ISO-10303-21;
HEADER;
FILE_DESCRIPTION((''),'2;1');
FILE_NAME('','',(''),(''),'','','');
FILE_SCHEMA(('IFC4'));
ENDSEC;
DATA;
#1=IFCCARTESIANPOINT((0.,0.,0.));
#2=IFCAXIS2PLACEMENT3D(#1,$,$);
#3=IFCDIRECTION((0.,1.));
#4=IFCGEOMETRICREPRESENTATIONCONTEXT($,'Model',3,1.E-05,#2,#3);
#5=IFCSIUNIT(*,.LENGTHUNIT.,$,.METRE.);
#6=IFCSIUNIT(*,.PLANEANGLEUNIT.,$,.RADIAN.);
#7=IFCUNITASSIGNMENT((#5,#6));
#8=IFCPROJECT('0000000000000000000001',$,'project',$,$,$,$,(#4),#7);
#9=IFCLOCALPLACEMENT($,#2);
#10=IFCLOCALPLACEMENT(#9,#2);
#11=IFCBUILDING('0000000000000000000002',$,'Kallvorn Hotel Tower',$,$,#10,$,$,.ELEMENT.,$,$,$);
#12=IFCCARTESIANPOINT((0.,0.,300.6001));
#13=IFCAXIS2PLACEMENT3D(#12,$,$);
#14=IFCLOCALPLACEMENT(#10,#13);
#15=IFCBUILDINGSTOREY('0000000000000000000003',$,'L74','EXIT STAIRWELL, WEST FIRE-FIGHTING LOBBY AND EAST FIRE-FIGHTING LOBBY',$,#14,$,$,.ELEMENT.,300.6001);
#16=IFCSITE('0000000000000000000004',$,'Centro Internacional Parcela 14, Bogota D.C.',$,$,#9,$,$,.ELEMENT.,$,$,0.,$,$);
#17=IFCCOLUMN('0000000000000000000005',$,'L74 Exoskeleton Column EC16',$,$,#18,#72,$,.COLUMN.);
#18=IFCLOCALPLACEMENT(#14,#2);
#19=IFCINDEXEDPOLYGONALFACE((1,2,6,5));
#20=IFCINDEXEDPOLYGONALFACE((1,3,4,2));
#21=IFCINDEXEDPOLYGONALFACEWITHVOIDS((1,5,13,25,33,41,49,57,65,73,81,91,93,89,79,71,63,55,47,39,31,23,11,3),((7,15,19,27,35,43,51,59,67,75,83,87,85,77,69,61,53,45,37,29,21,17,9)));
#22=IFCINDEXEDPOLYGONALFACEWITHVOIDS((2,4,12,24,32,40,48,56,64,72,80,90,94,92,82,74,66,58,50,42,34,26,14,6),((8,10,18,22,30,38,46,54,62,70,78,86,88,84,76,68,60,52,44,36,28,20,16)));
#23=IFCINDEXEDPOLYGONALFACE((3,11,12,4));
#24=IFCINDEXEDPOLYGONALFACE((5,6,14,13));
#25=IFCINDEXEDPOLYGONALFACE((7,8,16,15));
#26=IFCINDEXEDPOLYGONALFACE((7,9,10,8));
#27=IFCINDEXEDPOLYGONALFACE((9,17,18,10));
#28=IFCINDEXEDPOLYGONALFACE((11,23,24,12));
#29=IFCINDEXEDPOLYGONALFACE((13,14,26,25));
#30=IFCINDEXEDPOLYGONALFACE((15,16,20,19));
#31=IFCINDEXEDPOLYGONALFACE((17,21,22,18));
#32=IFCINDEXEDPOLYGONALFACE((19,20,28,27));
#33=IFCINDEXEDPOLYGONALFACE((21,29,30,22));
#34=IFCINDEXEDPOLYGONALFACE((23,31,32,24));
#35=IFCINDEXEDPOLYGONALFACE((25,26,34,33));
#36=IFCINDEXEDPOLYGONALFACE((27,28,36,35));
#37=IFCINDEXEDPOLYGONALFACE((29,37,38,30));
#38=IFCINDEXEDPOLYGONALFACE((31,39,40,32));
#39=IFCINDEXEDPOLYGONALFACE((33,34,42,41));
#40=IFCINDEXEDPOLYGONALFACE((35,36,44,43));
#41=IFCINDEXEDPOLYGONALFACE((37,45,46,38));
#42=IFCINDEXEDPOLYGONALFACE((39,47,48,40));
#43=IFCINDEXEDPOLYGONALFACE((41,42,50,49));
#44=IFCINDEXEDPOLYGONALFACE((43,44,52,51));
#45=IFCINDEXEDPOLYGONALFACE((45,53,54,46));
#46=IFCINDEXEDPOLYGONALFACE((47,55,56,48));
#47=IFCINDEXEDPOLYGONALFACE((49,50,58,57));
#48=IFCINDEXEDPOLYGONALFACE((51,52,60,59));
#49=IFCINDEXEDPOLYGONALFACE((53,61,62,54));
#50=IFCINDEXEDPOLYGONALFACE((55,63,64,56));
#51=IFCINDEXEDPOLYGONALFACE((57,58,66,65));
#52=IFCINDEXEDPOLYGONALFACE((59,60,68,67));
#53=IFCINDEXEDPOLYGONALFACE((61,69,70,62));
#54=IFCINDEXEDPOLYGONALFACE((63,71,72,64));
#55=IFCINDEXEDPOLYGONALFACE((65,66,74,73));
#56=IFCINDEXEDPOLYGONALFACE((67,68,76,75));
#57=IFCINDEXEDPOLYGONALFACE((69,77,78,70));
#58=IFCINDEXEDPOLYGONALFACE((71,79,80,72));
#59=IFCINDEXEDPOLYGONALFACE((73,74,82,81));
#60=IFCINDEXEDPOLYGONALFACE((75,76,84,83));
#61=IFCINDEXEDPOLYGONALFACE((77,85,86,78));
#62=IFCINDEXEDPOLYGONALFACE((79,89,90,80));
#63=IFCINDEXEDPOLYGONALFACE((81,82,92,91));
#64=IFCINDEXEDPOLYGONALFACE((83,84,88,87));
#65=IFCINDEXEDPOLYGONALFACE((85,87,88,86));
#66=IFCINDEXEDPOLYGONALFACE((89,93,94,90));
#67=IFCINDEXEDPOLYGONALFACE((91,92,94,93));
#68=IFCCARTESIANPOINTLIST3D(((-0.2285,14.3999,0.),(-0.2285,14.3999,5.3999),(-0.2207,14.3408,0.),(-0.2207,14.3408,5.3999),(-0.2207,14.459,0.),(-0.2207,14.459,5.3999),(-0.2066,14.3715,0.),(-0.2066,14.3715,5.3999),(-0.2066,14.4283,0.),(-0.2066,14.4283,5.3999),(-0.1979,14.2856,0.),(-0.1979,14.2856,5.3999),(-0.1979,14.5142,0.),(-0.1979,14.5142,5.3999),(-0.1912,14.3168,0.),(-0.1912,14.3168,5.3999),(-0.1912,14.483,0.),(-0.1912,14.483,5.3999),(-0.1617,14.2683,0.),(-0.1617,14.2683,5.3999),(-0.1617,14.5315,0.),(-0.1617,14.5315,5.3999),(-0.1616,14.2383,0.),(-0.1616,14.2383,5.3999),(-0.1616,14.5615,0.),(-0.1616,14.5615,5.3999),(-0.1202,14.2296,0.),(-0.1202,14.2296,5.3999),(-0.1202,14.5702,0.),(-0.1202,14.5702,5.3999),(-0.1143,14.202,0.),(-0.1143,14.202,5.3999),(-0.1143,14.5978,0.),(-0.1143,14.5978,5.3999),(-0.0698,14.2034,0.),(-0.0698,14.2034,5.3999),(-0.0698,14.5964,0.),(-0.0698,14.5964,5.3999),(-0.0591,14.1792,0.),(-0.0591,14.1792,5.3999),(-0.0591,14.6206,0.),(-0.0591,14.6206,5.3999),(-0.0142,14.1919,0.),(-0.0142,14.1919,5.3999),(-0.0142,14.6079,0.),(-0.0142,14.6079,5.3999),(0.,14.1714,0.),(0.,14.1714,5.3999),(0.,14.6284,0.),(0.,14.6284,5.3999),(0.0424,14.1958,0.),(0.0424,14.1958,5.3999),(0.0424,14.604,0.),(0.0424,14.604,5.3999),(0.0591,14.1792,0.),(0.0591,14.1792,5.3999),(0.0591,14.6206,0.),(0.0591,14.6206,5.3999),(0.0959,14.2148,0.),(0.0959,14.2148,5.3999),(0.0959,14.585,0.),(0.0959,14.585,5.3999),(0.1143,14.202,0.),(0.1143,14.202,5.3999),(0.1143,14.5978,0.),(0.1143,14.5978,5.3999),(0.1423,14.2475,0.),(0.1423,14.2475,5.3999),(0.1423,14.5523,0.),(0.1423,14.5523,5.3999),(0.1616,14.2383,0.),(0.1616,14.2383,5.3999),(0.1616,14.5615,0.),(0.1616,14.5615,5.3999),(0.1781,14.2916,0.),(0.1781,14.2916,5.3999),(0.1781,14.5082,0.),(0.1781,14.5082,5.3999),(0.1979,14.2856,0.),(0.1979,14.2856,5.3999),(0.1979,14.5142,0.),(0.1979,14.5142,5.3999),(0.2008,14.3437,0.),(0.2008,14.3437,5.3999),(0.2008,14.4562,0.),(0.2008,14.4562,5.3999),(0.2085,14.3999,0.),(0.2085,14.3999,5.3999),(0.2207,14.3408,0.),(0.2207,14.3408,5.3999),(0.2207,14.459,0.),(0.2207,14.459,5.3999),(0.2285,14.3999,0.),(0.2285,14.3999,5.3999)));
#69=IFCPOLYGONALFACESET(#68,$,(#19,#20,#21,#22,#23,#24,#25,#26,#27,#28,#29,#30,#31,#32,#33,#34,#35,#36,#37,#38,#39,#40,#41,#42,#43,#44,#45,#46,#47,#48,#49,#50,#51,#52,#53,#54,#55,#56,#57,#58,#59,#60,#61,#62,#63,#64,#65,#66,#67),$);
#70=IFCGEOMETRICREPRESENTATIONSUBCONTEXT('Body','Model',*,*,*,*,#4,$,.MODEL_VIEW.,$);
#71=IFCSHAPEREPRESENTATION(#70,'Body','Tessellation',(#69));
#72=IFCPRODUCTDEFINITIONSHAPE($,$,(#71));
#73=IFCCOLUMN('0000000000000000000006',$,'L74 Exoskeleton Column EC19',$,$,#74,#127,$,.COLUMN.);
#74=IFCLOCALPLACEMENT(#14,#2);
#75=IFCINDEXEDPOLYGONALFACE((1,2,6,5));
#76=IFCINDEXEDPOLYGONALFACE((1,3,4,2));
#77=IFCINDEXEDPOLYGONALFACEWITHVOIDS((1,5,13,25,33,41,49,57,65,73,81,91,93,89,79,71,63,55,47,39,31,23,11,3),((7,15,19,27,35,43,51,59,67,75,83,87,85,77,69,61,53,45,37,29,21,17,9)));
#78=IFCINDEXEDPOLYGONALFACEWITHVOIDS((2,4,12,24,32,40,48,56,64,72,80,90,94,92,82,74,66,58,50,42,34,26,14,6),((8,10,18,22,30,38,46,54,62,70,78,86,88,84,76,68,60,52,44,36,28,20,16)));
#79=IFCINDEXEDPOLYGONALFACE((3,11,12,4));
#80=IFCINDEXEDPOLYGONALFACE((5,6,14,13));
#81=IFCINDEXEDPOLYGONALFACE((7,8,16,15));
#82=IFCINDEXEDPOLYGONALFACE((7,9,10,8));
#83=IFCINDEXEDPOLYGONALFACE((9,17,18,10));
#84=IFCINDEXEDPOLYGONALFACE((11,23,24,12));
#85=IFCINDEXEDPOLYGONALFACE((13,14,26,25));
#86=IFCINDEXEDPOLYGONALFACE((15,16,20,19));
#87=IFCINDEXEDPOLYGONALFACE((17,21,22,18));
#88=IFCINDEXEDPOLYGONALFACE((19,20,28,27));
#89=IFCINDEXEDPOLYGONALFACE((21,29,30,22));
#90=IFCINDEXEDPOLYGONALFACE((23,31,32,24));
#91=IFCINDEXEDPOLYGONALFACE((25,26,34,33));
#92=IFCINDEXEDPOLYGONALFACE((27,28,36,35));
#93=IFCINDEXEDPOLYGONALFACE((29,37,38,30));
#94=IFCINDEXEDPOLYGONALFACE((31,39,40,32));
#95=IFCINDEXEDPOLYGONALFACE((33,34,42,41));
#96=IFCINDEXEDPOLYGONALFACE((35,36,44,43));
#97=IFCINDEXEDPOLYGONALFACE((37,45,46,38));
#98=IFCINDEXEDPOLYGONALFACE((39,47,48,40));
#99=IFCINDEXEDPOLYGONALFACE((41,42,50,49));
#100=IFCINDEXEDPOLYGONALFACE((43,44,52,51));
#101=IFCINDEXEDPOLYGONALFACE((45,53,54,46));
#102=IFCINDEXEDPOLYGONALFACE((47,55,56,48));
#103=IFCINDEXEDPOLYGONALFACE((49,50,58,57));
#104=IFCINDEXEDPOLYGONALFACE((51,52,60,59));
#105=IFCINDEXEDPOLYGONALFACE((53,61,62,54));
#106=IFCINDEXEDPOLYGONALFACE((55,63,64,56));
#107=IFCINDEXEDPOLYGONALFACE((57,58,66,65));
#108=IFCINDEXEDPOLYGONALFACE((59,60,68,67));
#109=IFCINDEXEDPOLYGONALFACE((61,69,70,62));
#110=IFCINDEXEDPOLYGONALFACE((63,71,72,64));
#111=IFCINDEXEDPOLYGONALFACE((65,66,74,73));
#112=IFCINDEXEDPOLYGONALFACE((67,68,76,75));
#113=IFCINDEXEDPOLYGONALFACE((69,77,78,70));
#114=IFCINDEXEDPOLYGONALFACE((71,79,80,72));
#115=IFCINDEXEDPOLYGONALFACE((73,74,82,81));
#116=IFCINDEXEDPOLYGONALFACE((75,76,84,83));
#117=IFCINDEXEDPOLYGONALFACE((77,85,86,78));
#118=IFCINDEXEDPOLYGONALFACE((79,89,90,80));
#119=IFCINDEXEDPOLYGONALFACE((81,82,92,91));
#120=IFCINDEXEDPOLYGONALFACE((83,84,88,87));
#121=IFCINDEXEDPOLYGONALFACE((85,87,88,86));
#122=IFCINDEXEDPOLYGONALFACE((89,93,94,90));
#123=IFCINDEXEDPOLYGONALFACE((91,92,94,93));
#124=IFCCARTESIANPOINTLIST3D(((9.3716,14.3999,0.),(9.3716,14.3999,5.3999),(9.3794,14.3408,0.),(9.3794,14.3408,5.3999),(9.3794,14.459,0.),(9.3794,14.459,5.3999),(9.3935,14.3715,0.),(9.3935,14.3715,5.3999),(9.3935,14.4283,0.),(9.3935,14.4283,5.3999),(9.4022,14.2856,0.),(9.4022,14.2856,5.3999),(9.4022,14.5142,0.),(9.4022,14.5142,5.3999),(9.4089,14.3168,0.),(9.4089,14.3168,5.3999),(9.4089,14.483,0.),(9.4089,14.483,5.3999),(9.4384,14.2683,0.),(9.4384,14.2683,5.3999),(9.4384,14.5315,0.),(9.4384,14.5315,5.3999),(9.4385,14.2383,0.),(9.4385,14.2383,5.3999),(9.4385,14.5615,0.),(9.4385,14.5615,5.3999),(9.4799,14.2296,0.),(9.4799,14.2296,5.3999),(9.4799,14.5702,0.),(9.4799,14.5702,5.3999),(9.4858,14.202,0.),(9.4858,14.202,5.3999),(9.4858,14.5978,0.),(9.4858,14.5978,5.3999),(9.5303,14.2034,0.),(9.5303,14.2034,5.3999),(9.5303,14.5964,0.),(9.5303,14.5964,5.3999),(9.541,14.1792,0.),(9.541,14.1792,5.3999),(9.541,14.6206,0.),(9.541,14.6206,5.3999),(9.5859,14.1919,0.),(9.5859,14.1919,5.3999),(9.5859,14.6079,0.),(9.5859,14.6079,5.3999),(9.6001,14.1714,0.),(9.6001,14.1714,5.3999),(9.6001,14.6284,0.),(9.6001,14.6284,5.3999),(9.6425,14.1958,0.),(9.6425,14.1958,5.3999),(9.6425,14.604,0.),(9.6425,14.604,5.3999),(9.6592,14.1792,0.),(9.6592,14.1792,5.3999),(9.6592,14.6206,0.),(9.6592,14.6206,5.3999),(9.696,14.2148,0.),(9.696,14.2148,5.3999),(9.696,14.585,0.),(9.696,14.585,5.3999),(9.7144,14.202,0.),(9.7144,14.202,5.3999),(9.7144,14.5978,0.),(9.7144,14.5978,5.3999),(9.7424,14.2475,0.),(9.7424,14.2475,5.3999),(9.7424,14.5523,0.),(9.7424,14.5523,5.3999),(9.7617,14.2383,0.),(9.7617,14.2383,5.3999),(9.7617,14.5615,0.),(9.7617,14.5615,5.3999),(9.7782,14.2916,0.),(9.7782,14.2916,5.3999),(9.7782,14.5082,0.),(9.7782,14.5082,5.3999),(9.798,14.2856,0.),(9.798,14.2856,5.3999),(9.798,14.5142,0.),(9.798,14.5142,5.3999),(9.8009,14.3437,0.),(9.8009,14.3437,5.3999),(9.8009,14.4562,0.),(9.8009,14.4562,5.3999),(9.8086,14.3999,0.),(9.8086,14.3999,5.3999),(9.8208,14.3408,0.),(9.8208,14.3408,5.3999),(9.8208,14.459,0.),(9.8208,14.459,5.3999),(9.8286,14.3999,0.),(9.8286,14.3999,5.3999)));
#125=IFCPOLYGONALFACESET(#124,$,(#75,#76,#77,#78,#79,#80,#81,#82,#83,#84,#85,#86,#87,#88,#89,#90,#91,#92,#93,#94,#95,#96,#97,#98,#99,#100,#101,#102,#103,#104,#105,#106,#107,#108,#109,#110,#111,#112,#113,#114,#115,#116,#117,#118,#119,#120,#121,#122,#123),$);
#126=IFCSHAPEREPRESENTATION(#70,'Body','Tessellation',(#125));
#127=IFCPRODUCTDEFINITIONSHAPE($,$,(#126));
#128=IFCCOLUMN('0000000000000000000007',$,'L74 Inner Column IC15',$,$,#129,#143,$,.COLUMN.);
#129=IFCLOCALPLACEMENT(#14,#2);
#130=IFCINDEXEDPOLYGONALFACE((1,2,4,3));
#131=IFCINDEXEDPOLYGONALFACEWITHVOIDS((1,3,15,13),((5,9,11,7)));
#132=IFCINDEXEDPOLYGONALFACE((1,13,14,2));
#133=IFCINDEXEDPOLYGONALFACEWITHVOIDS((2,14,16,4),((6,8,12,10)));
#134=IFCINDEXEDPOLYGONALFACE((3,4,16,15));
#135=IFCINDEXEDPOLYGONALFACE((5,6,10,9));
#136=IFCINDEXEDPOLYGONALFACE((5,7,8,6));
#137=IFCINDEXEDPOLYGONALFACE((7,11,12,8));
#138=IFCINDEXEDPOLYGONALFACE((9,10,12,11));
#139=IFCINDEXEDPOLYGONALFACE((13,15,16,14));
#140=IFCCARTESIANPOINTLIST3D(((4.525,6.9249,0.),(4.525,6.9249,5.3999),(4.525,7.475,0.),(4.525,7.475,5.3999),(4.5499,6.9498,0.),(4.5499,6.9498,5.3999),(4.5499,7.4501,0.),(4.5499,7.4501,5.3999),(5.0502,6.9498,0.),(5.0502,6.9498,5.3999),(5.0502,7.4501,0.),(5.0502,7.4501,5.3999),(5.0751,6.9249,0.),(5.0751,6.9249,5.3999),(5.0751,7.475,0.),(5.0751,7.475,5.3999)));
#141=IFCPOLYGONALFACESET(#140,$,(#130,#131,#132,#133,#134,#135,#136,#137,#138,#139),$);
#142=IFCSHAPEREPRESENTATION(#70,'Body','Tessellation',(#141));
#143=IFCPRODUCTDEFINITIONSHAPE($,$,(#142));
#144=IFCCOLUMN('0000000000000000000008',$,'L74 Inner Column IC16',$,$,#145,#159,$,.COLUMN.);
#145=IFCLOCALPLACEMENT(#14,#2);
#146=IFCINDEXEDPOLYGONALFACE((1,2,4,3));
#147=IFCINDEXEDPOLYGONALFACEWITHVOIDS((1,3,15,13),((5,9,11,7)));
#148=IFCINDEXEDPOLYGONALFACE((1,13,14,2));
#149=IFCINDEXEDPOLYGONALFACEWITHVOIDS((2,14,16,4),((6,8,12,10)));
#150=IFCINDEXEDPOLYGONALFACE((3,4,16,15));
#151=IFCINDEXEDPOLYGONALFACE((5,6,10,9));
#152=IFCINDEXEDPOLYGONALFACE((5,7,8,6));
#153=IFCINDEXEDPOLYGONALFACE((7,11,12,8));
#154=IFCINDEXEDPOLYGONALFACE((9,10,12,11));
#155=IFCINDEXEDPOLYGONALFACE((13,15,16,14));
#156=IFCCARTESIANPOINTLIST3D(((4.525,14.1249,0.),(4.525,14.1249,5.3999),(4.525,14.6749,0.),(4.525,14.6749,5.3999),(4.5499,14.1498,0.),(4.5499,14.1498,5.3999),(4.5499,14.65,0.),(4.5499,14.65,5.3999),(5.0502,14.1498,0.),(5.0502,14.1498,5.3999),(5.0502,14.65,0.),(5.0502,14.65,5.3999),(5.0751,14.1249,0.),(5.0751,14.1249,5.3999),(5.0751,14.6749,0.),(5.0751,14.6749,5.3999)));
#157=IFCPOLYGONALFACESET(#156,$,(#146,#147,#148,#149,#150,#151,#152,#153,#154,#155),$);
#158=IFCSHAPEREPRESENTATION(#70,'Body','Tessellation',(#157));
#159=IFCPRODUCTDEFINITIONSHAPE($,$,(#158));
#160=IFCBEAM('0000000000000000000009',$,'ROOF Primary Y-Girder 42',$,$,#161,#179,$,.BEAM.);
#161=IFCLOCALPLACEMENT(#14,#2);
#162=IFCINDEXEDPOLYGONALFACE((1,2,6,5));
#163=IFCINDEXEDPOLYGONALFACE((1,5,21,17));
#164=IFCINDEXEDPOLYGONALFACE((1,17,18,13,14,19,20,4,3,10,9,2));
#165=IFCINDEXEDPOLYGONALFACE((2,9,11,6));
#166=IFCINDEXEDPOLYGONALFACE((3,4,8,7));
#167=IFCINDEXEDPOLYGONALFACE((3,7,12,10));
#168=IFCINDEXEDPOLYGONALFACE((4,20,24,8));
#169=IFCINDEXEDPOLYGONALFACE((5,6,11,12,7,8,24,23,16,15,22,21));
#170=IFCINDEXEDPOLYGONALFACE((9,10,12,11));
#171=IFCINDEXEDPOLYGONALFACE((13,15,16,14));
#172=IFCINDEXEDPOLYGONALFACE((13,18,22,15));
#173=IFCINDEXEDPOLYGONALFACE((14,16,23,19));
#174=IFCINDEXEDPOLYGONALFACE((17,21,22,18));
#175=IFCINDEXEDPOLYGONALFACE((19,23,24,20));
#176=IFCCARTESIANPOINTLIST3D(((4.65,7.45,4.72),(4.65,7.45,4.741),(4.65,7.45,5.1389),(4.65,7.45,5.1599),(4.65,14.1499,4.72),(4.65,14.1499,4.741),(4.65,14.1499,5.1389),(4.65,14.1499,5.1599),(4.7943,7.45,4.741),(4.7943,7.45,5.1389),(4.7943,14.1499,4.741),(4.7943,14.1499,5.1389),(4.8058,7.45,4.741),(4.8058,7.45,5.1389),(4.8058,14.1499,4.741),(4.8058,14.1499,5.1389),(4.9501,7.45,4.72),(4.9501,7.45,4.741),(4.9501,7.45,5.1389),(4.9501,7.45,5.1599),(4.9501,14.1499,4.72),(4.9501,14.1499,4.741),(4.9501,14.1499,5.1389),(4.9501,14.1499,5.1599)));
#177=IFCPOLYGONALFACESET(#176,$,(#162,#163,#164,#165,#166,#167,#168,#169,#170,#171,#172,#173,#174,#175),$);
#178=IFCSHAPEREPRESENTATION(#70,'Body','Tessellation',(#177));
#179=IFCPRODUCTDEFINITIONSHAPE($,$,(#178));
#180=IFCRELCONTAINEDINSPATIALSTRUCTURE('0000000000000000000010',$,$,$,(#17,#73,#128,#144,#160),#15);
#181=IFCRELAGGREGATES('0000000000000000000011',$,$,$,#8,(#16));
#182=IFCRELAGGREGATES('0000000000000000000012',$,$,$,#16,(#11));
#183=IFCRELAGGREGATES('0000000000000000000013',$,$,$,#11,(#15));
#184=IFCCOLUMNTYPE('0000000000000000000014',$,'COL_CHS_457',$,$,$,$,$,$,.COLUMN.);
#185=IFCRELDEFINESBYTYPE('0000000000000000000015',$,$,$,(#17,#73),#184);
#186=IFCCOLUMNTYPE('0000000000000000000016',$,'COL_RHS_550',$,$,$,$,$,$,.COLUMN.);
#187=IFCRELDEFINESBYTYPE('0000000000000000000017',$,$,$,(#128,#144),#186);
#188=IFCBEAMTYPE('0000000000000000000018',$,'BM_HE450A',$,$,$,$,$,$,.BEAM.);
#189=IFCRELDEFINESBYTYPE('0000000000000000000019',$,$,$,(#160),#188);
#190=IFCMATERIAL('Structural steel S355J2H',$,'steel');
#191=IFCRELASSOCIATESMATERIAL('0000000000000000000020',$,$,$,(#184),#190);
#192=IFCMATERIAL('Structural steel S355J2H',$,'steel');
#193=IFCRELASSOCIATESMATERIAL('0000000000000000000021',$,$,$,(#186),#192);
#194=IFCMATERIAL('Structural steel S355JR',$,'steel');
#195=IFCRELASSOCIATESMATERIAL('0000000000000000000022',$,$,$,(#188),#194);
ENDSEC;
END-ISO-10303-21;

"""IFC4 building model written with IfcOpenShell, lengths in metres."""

from ifc_helpers import new_model, si_unit, direction, frame, origin, origin_2d, place, context, subcontext, project, spatial, hollow_rectangle, hollow_circle, i_section, extrude, material, material_profile, profile_set, type_object, element, save


model = new_model("IFC4")

# Units and contexts
model_context = context("Model", 3, precision=1e-05, world=origin(), true_north=direction((0.0, 1.0)))
body_context = subcontext(model_context, "Body", "Model", "MODEL_VIEW")
ifc_project = project(units=[si_unit("LENGTHUNIT", "METRE"), si_unit("PLANEANGLEUNIT", "RADIAN")], contexts=[model_context])

# Site, building, storey
site_placement = place(None, origin())
site = spatial("IfcSite", under=ifc_project, at=site_placement, Name="Centro Internacional Parcela 14, Bogota D.C.", CompositionType="ELEMENT", RefElevation=0.0)
building_placement = place(site_placement, origin())
building = spatial("IfcBuilding", under=site, at=building_placement, Name="Kallvorn Hotel Tower", CompositionType="ELEMENT")
storey_placement = place(building_placement, frame((0.0, 0.0, 300.6001)))
storey = spatial("IfcBuildingStorey", under=building, at=storey_placement, Name="L74", Description="EXIT STAIRWELL, WEST FIRE-FIGHTING LOBBY AND EAST FIRE-FIGHTING LOBBY", CompositionType="ELEMENT", Elevation=300.6001)

# Columns
ifc_material_1 = material(Name="Structural steel S355J2H", Category="steel")
ifc_material_profile_1 = material_profile(ifc_material_1, hollow_circle(Radius=0.2285, WallThickness=0.02, at=origin_2d()), Name="CHS 457x20")
ifc_profile_set_1 = profile_set([ifc_material_profile_1], Name="Structural steel S355J2H")
column_type_1 = type_object("IfcColumnType", Name="COL_CHS_457", PredefinedType="COLUMN", material=ifc_profile_set_1)
for number, where, z_axis, x_axis, name in (
    (1, (0.0, 14.3999, 0.0), (0.0, 0.0, 1.0), (1.0, 0.0, 0.0), "L74 Exoskeleton Column EC16"),
    (2, (9.6001, 14.3999, 0.0), (0.0, 0.0, 1.0), (1.0, 0.0, 0.0), "L74 Exoskeleton Column EC19"),
):
    element("IfcColumn", number, at=place(storey_placement, frame(where, z_axis=z_axis, x_axis=x_axis)), inside=storey, type_object=column_type_1, Name=name, PredefinedType="COLUMN", context=body_context, shape_type="SweptSolid", body=[
        extrude(hollow_circle(Radius=0.2285, WallThickness=0.02, at=origin_2d()), origin(), (0.0, 0.0, 1.0), 5.3999),
    ])
ifc_material_2 = material(Name="Structural steel S355J2H", Category="steel")
ifc_material_profile_2 = material_profile(ifc_material_2, hollow_rectangle(XDim=0.55, YDim=0.55, WallThickness=0.0249, at=origin_2d()), Name="RHS 550x550x25")
ifc_profile_set_2 = profile_set([ifc_material_profile_2], Name="Structural steel S355J2H")
column_type_2 = type_object("IfcColumnType", Name="COL_RHS_550", PredefinedType="COLUMN", material=ifc_profile_set_2)
for number, where, z_axis, x_axis, name in (
    (3, (4.8, 7.2, 0.0), (0.0, 0.0, 1.0), (1.0, 0.0, 0.0), "L74 Inner Column IC15"),
    (4, (4.8, 14.3999, 0.0), (0.0, 0.0, 1.0), (1.0, 0.0, 0.0), "L74 Inner Column IC16"),
):
    element("IfcColumn", number, at=place(storey_placement, frame(where, z_axis=z_axis, x_axis=x_axis)), inside=storey, type_object=column_type_2, Name=name, PredefinedType="COLUMN", context=body_context, shape_type="SweptSolid", body=[
        extrude(hollow_rectangle(XDim=0.55, YDim=0.55, WallThickness=0.0249, at=origin_2d()), origin(), (0.0, 0.0, 1.0), 5.3999),
    ])

# Beam
ifc_material_3 = material(Name="Structural steel S355JR", Category="steel")
ifc_material_profile_3 = material_profile(ifc_material_3, i_section(OverallWidth=0.3, OverallDepth=0.4399, WebThickness=0.0115, FlangeThickness=0.021, at=origin_2d()), Name="HE 450 A")
ifc_profile_set_3 = profile_set([ifc_material_profile_3], Name="Structural steel S355JR")
beam_type_1 = type_object("IfcBeamType", Name="BM_HE450A", PredefinedType="BEAM", material=ifc_profile_set_3)
beam_1_placement = place(storey_placement, frame((4.8, 7.45, 4.9399), z_axis=(0.0, 1.0, 0.0), x_axis=(-1.0, 0.0, 0.0)))
element("IfcBeam", 5, at=beam_1_placement, inside=storey, type_object=beam_type_1, Name="ROOF Primary Y-Girder 42", PredefinedType="BEAM", context=body_context, shape_type="SweptSolid", body=[
    extrude(i_section(OverallWidth=0.3, OverallDepth=0.4399, WebThickness=0.0115, FlangeThickness=0.021, at=origin_2d()), origin(), (0.0, 0.0, 1.0), 6.7),
])

save(model, "model.ifc")
